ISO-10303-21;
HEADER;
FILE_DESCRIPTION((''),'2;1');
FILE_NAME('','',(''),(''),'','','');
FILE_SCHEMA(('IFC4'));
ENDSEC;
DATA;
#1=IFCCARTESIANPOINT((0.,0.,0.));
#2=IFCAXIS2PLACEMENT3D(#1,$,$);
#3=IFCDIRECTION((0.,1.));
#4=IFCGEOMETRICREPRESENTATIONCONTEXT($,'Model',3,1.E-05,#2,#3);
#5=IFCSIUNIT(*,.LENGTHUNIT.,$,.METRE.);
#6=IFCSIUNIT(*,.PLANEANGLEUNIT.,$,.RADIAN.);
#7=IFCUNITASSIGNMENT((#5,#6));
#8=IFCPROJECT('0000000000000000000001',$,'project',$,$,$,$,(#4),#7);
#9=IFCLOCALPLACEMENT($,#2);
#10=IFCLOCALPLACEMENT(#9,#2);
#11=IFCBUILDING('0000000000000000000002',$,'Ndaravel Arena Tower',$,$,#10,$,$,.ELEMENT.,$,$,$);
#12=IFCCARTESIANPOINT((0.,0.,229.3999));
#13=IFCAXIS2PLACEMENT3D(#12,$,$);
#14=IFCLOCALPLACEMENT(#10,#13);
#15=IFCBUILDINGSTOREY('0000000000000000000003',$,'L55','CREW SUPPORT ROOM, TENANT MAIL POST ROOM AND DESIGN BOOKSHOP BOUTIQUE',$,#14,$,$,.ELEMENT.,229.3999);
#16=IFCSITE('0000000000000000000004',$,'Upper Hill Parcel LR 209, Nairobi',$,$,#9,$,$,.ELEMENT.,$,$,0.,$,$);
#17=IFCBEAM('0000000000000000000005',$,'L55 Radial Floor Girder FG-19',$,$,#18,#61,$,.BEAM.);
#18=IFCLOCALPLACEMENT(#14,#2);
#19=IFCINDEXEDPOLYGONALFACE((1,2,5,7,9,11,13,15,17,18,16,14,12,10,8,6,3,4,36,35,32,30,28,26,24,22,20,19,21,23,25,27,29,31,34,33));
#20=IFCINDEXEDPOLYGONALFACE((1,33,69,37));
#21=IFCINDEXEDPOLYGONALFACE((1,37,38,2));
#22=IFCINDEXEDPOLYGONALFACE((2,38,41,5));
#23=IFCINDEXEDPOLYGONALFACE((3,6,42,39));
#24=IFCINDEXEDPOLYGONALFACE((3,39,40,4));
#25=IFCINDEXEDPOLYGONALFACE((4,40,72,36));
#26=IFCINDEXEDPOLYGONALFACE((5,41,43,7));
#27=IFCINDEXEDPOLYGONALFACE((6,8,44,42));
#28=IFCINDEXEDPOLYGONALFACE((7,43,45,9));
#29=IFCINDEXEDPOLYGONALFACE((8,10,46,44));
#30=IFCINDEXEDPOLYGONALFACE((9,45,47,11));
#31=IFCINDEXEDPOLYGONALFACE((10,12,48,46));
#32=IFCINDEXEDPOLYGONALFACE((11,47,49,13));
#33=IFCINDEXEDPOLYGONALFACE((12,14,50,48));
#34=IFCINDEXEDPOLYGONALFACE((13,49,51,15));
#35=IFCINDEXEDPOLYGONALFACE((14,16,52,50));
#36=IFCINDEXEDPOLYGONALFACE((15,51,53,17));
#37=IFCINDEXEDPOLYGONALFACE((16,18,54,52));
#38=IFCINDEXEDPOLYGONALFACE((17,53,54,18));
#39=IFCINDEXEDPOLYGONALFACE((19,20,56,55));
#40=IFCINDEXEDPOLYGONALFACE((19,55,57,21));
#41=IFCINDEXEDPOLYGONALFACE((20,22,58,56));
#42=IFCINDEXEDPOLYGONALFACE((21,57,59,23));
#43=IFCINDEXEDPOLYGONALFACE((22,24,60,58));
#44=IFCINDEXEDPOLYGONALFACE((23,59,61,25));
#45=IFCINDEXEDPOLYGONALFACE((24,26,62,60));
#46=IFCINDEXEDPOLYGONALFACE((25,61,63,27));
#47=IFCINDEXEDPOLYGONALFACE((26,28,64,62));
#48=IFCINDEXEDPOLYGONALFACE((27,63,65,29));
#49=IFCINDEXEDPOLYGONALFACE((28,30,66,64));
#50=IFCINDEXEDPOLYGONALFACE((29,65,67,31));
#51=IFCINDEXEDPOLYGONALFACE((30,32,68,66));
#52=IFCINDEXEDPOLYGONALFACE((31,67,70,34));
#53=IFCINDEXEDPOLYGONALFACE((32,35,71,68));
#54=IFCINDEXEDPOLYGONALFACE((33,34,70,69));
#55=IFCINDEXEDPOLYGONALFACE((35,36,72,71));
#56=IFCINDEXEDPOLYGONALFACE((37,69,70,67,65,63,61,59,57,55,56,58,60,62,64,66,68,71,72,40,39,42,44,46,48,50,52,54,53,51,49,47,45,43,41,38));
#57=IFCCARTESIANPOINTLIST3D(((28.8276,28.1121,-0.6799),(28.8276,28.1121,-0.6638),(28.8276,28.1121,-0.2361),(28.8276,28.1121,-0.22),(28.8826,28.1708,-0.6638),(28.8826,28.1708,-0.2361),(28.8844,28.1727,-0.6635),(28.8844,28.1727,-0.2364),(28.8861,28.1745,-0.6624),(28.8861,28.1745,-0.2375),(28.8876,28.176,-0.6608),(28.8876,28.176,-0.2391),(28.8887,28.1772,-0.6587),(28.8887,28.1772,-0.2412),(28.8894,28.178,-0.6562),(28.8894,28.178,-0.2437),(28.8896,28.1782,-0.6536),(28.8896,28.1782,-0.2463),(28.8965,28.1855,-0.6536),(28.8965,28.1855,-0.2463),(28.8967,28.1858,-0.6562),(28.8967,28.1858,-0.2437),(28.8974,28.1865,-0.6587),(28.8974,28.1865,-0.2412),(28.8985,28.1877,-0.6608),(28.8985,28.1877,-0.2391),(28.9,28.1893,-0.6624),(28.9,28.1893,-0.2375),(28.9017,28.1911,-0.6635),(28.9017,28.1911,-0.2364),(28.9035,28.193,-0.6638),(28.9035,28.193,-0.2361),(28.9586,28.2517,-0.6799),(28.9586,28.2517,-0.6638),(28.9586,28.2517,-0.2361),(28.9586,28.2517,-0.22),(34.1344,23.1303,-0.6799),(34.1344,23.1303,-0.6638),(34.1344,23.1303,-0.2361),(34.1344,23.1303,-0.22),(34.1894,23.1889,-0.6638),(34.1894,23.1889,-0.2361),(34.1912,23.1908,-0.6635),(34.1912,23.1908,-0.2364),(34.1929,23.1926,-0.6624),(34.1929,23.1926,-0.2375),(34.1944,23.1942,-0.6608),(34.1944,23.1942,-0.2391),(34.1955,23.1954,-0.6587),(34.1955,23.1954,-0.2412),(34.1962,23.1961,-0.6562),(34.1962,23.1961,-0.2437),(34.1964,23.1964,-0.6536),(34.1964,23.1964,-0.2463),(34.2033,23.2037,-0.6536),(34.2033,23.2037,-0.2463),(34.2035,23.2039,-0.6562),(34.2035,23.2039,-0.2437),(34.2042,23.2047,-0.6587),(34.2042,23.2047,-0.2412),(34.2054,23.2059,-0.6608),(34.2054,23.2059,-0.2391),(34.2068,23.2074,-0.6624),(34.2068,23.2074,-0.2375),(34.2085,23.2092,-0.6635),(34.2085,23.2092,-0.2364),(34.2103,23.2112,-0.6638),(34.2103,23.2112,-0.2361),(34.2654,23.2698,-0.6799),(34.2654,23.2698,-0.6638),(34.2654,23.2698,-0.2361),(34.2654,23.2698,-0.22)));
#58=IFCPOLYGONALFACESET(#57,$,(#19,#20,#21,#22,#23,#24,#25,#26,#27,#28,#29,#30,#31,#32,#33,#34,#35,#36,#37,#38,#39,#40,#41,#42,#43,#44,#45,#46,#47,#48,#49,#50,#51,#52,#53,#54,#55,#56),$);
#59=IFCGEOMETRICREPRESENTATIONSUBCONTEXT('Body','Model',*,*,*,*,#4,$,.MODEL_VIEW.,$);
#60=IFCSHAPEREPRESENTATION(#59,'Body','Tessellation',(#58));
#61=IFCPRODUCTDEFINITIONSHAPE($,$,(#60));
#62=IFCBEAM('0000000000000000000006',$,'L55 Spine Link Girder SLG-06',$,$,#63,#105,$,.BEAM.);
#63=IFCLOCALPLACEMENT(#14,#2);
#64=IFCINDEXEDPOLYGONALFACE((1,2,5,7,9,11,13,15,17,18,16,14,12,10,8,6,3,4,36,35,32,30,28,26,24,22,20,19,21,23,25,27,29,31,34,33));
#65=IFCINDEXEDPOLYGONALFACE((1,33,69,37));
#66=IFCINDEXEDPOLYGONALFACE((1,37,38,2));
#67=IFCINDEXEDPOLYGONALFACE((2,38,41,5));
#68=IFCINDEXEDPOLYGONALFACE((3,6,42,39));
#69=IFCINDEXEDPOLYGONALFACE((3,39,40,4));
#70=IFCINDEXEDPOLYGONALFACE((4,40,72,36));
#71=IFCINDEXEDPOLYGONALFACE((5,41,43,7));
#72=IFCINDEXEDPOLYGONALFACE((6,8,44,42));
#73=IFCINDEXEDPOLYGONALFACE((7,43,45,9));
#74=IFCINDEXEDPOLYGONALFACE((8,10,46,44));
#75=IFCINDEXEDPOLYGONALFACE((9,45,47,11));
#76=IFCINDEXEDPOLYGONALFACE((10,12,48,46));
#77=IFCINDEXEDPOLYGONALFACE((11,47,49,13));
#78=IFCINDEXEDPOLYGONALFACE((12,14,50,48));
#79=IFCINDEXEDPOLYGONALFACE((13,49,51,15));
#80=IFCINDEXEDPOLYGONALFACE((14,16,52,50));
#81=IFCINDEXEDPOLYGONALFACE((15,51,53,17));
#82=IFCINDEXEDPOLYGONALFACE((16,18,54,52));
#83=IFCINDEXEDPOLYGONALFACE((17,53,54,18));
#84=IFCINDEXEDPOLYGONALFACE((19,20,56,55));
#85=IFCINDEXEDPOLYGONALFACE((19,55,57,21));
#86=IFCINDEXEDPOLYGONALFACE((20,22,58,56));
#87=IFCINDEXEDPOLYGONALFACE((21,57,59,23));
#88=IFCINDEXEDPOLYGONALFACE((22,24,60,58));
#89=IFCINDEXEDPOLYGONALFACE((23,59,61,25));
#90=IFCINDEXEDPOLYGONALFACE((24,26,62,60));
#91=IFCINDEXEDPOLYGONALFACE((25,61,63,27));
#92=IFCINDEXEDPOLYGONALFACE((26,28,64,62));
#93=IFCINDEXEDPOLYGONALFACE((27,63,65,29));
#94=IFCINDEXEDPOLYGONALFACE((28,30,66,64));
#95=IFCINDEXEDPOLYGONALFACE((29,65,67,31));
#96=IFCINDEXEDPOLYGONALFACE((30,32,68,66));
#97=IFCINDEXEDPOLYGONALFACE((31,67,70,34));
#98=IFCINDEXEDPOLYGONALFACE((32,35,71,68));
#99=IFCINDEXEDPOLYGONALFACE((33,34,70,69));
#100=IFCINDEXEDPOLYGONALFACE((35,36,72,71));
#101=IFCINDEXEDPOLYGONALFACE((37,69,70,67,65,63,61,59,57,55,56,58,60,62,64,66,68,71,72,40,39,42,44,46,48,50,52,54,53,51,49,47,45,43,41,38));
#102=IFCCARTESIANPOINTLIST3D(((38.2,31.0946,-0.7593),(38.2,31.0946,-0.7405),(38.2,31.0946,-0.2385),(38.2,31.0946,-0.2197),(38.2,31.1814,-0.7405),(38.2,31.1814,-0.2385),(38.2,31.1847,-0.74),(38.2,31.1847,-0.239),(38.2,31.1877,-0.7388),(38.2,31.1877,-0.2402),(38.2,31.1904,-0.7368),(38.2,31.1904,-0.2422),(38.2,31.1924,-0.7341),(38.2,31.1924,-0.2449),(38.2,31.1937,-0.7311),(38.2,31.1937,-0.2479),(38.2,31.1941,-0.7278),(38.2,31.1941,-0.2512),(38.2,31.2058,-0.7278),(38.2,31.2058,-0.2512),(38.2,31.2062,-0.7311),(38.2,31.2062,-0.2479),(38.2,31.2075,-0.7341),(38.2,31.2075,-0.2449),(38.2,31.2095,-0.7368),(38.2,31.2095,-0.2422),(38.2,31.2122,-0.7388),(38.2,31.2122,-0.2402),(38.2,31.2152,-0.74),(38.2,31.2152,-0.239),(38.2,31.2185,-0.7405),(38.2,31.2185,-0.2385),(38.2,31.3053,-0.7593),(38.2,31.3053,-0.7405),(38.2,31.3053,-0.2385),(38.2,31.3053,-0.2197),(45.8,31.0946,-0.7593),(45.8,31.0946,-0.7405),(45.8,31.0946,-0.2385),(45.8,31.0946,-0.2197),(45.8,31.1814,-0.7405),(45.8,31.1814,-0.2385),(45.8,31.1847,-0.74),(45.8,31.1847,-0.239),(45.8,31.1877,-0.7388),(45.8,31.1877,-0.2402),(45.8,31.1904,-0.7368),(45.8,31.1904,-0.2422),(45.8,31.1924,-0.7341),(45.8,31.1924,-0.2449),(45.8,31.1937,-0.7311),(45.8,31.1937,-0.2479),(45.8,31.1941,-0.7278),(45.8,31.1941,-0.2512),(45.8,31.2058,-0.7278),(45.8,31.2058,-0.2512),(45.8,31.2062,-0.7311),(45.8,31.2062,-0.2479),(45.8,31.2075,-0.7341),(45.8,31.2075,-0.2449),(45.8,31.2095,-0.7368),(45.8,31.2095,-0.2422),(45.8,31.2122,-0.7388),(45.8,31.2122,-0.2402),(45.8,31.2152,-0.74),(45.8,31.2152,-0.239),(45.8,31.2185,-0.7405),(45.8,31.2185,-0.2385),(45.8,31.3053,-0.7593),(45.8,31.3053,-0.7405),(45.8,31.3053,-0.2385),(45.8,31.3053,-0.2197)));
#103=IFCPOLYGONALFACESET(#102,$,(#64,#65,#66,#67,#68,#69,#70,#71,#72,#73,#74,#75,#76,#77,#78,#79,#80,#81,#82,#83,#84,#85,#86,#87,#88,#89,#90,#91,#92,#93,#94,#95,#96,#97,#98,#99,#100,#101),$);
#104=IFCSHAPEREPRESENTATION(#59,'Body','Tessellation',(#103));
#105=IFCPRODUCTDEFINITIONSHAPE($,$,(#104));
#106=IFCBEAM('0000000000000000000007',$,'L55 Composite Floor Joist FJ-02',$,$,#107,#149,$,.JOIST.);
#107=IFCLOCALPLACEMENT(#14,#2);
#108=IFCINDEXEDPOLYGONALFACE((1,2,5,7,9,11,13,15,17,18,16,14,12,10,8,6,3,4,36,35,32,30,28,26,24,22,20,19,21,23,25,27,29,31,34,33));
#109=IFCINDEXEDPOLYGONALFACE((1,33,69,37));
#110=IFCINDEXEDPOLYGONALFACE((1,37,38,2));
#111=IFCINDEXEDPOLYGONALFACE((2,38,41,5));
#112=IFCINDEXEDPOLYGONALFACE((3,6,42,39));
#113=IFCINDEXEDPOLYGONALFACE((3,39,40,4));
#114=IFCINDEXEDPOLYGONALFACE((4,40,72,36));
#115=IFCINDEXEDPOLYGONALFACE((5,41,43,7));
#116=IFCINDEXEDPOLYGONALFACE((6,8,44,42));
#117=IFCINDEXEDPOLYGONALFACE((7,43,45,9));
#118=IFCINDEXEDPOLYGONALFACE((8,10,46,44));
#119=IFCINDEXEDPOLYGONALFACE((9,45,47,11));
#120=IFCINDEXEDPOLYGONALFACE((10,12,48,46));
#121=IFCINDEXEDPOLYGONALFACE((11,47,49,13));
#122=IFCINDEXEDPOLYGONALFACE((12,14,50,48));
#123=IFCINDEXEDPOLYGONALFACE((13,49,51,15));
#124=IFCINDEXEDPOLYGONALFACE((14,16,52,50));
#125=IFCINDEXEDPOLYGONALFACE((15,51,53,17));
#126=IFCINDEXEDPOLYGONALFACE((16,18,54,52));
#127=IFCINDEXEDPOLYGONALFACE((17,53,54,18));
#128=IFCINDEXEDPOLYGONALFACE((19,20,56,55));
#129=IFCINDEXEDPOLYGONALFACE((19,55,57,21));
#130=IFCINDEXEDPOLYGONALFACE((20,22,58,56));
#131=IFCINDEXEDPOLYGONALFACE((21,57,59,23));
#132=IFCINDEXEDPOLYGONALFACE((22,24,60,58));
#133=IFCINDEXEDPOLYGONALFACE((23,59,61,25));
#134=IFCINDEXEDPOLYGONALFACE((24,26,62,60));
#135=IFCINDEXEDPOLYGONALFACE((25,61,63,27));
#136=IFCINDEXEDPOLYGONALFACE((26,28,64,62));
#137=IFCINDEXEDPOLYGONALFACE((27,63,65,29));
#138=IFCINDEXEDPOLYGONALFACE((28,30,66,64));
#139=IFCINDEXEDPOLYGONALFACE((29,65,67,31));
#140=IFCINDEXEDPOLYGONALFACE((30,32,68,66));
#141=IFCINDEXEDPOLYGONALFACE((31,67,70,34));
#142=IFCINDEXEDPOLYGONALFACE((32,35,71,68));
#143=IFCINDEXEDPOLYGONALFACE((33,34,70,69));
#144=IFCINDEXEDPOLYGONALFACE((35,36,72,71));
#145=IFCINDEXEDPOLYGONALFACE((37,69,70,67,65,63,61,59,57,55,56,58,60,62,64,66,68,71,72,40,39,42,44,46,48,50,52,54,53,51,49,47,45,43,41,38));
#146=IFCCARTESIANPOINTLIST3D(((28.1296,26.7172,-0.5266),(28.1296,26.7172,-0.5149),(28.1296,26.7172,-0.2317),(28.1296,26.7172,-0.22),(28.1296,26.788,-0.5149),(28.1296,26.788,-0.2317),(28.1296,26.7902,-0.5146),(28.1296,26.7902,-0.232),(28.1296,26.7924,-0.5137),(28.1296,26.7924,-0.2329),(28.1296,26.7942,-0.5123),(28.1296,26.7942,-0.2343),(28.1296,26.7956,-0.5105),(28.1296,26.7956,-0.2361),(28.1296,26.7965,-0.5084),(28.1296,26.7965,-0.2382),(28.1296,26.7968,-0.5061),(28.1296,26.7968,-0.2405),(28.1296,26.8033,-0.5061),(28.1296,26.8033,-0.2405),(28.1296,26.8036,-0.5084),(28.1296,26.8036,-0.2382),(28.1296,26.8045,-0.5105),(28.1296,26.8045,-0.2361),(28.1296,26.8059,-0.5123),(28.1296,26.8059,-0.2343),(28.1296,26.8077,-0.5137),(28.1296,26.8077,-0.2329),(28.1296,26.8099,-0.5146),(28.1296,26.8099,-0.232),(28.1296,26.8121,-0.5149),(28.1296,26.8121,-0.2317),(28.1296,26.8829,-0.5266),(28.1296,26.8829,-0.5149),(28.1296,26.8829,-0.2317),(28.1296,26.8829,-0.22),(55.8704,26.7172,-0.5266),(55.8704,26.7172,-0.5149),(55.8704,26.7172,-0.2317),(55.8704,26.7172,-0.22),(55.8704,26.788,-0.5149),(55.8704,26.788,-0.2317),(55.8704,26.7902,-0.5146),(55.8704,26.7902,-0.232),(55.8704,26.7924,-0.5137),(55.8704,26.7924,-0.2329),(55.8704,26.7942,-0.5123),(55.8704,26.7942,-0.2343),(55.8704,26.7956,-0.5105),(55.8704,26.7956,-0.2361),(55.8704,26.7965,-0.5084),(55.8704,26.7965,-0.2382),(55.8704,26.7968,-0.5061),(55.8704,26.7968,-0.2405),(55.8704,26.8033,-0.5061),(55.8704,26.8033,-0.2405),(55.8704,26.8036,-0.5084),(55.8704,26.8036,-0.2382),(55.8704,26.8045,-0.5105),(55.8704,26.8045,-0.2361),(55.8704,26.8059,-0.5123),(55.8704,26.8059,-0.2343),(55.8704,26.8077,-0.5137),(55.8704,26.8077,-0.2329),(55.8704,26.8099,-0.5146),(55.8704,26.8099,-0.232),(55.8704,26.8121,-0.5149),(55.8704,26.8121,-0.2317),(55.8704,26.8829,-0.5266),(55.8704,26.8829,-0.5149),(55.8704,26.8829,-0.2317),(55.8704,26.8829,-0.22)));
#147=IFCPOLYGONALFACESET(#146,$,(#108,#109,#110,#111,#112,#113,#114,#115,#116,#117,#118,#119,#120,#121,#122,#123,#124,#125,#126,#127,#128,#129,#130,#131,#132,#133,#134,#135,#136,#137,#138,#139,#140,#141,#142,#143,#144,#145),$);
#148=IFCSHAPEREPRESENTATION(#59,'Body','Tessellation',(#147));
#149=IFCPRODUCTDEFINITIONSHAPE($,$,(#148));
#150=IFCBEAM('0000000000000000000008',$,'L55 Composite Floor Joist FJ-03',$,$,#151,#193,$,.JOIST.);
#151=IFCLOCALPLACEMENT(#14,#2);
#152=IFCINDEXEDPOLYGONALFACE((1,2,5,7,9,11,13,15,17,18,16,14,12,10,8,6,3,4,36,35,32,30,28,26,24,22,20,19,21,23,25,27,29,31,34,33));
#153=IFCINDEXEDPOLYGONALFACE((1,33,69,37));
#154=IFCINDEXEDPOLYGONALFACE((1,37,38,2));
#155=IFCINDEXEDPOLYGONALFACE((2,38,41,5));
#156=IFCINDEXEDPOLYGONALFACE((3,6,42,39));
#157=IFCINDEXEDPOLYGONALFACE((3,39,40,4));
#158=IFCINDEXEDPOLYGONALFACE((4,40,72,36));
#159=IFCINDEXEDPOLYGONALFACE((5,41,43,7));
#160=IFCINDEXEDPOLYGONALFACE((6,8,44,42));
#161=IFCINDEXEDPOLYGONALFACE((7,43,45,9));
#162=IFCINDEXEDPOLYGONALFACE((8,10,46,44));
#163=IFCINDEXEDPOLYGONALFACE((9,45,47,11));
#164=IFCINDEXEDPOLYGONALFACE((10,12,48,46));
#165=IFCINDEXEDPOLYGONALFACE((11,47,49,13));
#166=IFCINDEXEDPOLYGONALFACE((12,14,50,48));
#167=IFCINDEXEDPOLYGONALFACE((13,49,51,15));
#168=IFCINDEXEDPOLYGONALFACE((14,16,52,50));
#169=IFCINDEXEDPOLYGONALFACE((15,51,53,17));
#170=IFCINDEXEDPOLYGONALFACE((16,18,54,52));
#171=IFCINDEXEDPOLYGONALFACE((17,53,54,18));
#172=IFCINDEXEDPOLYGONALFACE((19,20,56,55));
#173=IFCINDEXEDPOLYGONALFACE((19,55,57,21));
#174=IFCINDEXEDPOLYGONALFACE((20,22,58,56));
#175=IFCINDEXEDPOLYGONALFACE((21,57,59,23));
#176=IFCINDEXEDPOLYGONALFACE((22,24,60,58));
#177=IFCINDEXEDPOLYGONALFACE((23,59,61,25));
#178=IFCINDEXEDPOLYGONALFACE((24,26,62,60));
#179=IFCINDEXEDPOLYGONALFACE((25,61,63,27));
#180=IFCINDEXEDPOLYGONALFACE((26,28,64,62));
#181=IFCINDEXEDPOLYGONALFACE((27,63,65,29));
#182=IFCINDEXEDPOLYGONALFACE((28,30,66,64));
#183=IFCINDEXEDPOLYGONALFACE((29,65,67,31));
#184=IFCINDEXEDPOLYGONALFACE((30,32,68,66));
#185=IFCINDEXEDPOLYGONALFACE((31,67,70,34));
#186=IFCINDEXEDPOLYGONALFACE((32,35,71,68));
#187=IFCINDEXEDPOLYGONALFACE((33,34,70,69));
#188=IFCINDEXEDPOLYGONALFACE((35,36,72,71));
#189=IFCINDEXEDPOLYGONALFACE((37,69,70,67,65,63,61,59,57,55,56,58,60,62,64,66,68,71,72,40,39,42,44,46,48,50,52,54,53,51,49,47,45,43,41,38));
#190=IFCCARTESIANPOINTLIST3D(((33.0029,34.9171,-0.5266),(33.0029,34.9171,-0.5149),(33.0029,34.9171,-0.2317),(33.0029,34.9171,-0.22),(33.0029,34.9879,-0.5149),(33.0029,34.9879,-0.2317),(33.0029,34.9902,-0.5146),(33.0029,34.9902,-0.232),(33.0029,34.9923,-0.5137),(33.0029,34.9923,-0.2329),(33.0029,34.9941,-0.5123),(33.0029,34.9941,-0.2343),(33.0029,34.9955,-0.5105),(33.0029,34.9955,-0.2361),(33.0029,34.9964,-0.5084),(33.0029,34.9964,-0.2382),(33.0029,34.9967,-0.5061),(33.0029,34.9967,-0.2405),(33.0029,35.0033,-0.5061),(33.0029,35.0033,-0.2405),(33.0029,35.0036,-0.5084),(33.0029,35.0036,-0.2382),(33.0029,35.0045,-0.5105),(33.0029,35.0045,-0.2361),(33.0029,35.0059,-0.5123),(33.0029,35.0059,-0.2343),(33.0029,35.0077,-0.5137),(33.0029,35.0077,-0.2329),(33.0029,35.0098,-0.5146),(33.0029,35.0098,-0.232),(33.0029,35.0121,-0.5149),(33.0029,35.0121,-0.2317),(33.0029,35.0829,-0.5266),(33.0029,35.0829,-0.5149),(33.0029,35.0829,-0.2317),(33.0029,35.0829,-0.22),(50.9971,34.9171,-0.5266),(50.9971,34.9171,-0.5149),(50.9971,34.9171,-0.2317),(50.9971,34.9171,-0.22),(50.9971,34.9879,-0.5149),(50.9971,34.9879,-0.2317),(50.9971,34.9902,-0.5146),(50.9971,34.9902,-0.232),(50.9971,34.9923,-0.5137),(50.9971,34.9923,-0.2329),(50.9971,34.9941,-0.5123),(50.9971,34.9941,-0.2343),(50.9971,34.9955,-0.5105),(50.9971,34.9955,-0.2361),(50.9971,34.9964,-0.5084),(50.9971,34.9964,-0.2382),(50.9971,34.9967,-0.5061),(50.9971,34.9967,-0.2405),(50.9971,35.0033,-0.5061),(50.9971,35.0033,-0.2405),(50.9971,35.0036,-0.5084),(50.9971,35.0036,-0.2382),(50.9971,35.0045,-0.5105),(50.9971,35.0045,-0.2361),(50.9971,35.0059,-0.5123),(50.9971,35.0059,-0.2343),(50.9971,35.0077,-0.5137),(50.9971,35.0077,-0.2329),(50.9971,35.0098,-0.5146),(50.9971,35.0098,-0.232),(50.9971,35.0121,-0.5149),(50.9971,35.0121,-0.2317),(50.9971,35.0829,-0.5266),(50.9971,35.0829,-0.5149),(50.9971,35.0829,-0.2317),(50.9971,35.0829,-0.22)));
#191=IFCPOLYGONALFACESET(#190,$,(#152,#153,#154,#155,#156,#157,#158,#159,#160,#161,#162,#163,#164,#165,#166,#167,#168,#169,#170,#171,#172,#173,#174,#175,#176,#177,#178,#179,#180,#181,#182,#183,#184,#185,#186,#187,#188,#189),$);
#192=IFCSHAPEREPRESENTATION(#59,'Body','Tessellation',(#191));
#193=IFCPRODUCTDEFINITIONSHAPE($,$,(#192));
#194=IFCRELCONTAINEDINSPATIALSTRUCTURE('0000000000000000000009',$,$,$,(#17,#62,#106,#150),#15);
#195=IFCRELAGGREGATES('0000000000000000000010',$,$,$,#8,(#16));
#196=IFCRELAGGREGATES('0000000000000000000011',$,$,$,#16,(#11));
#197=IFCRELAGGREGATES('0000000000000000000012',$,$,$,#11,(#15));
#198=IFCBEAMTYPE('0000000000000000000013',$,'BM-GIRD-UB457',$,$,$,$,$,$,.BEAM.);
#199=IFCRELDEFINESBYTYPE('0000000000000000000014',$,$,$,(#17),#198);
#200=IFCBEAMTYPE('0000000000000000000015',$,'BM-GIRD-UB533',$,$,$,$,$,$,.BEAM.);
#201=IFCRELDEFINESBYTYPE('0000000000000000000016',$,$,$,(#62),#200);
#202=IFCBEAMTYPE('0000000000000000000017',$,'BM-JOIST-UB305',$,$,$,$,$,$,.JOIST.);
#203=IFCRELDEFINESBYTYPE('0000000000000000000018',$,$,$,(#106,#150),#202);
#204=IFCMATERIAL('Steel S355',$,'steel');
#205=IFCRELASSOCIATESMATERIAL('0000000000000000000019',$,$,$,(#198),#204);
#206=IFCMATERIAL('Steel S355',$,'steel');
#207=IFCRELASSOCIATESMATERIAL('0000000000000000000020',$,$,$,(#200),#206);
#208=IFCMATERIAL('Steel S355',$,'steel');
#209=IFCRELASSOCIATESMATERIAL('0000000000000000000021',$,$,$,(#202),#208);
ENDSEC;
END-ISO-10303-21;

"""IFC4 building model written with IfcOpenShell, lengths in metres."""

from ifc_helpers import new_model, si_unit, direction, frame, origin, origin_2d, place, context, subcontext, project, spatial, i_section, extrude, material, material_profile, profile_set, type_object, element, save


model = new_model("IFC4")

# Units and contexts
model_context = context("Model", 3, precision=1e-05, world=origin(), true_north=direction((0.0, 1.0)))
body_context = subcontext(model_context, "Body", "Model", "MODEL_VIEW")
ifc_project = project(units=[si_unit("LENGTHUNIT", "METRE"), si_unit("PLANEANGLEUNIT", "RADIAN")], contexts=[model_context])

# Site, building, storey
site_placement = place(None, origin())
site = spatial("IfcSite", under=ifc_project, at=site_placement, Name="Upper Hill Parcel LR 209, Nairobi", CompositionType="ELEMENT", RefElevation=0.0)
building_placement = place(site_placement, origin())
building = spatial("IfcBuilding", under=site, at=building_placement, Name="Ndaravel Arena Tower", CompositionType="ELEMENT")
storey_placement = place(building_placement, frame((0.0, 0.0, 229.3999)))
storey = spatial("IfcBuildingStorey", under=building, at=storey_placement, Name="L55", Description="CREW SUPPORT ROOM, TENANT MAIL POST ROOM AND DESIGN BOOKSHOP BOUTIQUE", CompositionType="ELEMENT", Elevation=229.3999)

# Beams
ifc_material_1 = material(Name="Steel S355", Category="steel")
ifc_material_profile_1 = material_profile(ifc_material_1, i_section(OverallWidth=0.1914, OverallDepth=0.46, WebThickness=0.01, FlangeThickness=0.0161, FilletRadius=0.0103, at=origin_2d()), Name="UB 457x191x82")
ifc_profile_set_1 = profile_set([ifc_material_profile_1], Name="Steel S355")
beam_type_1 = type_object("IfcBeamType", Name="BM-GIRD-UB457", PredefinedType="BEAM", material=ifc_profile_set_1)
beam_1_placement = place(storey_placement, frame((28.8931, 28.1819, -0.45), z_axis=(0.729076, -0.684433, 0.0), x_axis=(0.684433, 0.729076, 0.0)))
element("IfcBeam", 1, at=beam_1_placement, inside=storey, type_object=beam_type_1, Name="L55 Radial Floor Girder FG-19", PredefinedType="BEAM", context=body_context, shape_type="SweptSolid", body=[
    extrude(i_section(OverallWidth=0.1914, OverallDepth=0.46, WebThickness=0.01, FlangeThickness=0.0161, FilletRadius=0.0103, at=origin_2d()), origin(), (0.0, 0.0, 1.0), 7.2788),
])
ifc_material_2 = material(Name="Steel S355", Category="steel")
ifc_material_profile_2 = material_profile(ifc_material_2, i_section(OverallWidth=0.2107, OverallDepth=0.5396, WebThickness=0.0117, FlangeThickness=0.0188, FilletRadius=0.0127, at=origin_2d()), Name="UB 533x210x109")
ifc_profile_set_2 = profile_set([ifc_material_profile_2], Name="Steel S355")
beam_type_2 = type_object("IfcBeamType", Name="BM-GIRD-UB533", PredefinedType="BEAM", material=ifc_profile_set_2)
beam_2_placement = place(storey_placement, frame((38.2, 31.2, -0.4895), z_axis=(1.0, 0.0, 0.0), x_axis=(0.0, 1.0, 0.0)))
element("IfcBeam", 2, at=beam_2_placement, inside=storey, type_object=beam_type_2, Name="L55 Spine Link Girder SLG-06", PredefinedType="BEAM", context=body_context, shape_type="SweptSolid", body=[
    extrude(i_section(OverallWidth=0.2107, OverallDepth=0.5396, WebThickness=0.0117, FlangeThickness=0.0188, FilletRadius=0.0127, at=origin_2d()), origin(), (0.0, 0.0, 1.0), 7.6001),
])
ifc_material_3 = material(Name="Steel S355", Category="steel")
ifc_material_profile_3 = material_profile(ifc_material_3, i_section(OverallWidth=0.1658, OverallDepth=0.3066, WebThickness=0.0066, FlangeThickness=0.0117, FilletRadius=0.0088, at=origin_2d()), Name="UB 305x165x46")
ifc_profile_set_3 = profile_set([ifc_material_profile_3], Name="Steel S355")
beam_type_3 = type_object("IfcBeamType", Name="BM-JOIST-UB305", PredefinedType="JOIST", material=ifc_profile_set_3)
beam_3_placement = place(storey_placement, frame((28.1296, 26.8, -0.3733), z_axis=(1.0, 0.0, 0.0), x_axis=(0.0, 1.0, 0.0)))
element("IfcBeam", 3, at=beam_3_placement, inside=storey, type_object=beam_type_3, Name="L55 Composite Floor Joist FJ-02", PredefinedType="JOIST", context=body_context, shape_type="SweptSolid", body=[
    extrude(i_section(OverallWidth=0.1658, OverallDepth=0.3066, WebThickness=0.0066, FlangeThickness=0.0117, FilletRadius=0.0088, at=origin_2d()), origin(), (0.0, 0.0, 1.0), 27.7407),
])
beam_4_placement = place(storey_placement, frame((33.0029, 35.0, -0.3733), z_axis=(1.0, 0.0, 0.0), x_axis=(0.0, 1.0, 0.0)))
element("IfcBeam", 4, at=beam_4_placement, inside=storey, type_object=beam_type_3, Name="L55 Composite Floor Joist FJ-03", PredefinedType="JOIST", context=body_context, shape_type="SweptSolid", body=[
    extrude(i_section(OverallWidth=0.1658, OverallDepth=0.3066, WebThickness=0.0066, FlangeThickness=0.0117, FilletRadius=0.0088, at=origin_2d()), origin(), (0.0, 0.0, 1.0), 17.9941),
])

save(model, "model.ifc")
